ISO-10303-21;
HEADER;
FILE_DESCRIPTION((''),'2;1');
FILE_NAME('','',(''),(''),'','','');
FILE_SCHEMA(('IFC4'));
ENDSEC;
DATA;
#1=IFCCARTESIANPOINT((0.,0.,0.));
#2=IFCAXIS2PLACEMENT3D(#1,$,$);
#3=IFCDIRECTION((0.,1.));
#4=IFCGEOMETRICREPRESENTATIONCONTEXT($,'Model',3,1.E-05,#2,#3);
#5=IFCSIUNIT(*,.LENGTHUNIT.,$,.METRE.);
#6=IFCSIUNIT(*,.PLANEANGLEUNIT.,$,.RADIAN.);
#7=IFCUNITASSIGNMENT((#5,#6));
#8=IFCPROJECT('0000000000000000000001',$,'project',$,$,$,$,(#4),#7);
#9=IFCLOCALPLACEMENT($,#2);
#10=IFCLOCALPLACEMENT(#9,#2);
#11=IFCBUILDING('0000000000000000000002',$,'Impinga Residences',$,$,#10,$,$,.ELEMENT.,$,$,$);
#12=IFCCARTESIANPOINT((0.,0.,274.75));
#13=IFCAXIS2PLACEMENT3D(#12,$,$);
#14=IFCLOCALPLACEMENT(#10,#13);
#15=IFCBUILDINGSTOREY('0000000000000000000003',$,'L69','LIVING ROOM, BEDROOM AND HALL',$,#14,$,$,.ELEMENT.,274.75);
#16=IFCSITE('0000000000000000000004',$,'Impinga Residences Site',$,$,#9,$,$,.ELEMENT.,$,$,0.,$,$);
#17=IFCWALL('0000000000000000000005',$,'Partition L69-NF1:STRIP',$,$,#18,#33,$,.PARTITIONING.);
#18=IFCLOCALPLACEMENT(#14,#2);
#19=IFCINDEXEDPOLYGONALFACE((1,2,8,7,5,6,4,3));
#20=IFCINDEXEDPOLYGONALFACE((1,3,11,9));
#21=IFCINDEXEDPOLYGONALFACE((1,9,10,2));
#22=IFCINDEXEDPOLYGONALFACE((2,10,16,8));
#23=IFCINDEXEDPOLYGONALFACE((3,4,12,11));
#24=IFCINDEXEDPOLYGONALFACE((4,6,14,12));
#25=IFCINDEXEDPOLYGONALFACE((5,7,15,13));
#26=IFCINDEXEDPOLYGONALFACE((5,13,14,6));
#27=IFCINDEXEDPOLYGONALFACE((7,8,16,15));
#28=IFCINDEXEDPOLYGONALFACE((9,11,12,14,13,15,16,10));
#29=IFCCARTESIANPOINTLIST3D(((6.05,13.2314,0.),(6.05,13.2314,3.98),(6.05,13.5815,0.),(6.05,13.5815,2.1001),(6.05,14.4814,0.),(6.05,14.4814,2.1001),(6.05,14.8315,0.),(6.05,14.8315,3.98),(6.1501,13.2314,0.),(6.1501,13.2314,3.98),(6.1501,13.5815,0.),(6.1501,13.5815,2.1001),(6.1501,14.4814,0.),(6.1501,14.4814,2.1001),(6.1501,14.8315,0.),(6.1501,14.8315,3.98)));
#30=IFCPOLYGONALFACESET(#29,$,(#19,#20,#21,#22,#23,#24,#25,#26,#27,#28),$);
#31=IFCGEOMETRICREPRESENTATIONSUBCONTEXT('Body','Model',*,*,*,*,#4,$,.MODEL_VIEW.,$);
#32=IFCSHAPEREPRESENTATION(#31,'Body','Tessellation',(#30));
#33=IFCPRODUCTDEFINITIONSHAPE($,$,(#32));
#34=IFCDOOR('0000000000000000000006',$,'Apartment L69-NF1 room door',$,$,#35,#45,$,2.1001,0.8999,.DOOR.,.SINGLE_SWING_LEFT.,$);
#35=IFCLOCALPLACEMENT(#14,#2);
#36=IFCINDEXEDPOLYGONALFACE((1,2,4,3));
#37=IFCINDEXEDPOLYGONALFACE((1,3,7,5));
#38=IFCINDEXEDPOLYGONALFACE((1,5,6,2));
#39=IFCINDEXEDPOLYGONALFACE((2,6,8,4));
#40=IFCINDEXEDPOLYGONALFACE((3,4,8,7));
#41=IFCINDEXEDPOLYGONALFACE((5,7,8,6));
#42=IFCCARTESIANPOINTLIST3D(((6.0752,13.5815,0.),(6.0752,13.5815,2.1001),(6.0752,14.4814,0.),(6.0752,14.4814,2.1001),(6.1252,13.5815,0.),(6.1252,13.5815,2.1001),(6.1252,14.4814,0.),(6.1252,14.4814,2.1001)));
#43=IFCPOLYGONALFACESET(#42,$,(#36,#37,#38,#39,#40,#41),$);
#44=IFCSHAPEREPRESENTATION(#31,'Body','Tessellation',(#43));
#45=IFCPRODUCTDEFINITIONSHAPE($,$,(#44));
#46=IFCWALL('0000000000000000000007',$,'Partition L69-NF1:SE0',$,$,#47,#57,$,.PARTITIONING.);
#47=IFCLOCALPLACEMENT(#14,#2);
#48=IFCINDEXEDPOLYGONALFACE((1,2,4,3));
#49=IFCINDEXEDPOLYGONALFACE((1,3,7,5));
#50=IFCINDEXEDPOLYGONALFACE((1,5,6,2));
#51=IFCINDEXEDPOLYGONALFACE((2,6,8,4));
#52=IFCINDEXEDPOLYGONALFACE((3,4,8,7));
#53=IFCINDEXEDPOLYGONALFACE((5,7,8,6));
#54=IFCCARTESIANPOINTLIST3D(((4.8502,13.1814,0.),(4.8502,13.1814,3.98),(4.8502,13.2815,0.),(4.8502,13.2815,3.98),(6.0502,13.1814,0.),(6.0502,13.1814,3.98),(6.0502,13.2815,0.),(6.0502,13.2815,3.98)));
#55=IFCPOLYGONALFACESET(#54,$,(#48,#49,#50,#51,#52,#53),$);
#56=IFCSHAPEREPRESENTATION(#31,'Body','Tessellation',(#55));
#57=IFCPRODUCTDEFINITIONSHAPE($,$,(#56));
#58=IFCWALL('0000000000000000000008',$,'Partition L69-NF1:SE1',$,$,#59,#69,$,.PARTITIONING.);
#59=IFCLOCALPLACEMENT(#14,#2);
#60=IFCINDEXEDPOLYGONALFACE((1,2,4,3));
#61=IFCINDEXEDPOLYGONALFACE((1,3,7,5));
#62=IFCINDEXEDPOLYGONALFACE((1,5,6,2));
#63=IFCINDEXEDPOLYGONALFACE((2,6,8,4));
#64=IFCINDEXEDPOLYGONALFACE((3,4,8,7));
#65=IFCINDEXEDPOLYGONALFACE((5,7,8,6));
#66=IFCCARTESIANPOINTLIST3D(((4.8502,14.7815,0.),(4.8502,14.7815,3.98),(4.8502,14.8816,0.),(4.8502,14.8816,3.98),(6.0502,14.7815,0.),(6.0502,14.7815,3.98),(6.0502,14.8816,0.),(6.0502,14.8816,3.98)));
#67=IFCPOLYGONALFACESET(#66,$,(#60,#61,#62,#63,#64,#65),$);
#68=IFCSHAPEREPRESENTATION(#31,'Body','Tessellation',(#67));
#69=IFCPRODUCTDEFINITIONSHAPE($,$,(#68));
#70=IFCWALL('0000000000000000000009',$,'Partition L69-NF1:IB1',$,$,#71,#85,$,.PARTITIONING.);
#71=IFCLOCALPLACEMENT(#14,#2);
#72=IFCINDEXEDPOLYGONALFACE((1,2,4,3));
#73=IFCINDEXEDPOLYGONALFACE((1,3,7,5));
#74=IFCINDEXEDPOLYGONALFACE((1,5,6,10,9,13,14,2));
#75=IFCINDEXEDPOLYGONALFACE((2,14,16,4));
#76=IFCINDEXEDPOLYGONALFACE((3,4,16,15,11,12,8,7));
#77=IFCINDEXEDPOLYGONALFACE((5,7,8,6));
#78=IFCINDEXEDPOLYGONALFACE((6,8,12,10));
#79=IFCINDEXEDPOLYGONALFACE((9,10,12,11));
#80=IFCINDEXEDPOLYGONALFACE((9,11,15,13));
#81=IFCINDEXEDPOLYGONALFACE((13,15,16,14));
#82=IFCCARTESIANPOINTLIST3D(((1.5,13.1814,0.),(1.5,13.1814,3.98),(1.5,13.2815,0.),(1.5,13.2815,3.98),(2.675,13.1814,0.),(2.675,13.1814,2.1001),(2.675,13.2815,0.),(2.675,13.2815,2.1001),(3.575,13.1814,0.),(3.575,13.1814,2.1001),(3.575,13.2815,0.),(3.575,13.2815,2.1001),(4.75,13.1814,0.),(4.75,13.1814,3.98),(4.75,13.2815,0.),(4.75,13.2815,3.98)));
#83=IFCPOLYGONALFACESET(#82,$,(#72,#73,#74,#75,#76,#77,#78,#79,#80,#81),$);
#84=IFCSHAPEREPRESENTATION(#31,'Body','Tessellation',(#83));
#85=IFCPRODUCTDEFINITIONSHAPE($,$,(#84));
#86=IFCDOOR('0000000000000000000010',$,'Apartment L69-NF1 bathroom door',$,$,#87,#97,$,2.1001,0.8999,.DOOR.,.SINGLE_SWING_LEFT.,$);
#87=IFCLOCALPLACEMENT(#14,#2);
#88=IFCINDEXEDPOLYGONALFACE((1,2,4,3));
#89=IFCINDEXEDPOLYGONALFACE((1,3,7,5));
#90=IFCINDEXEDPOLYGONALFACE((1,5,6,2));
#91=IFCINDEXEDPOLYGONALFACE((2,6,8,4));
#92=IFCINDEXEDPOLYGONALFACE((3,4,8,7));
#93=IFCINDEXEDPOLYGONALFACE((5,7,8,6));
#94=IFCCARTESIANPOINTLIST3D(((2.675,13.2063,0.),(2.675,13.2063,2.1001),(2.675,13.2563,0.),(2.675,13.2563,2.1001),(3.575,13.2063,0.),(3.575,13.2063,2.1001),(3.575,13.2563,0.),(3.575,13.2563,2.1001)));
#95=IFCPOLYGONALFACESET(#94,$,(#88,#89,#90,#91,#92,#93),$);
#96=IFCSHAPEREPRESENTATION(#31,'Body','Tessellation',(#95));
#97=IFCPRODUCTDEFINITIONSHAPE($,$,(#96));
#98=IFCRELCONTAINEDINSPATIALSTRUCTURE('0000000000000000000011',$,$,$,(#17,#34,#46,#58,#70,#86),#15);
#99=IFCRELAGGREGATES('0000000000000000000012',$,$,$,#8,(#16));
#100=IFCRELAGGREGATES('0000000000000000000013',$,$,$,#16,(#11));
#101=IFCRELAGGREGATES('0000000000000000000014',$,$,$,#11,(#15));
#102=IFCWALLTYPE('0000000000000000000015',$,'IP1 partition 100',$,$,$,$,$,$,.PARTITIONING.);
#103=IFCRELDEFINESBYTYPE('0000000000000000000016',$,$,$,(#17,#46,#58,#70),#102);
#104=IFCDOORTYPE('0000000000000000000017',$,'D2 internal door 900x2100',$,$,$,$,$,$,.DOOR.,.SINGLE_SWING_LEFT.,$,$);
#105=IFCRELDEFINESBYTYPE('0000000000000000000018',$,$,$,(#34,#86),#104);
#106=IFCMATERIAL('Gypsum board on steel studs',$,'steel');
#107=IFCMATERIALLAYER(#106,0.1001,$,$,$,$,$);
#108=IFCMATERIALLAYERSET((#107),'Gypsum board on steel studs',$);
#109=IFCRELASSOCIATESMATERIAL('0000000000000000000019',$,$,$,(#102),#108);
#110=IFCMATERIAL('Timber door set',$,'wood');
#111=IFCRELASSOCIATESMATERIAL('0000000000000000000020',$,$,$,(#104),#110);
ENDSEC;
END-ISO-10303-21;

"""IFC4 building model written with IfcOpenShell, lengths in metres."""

from ifc_helpers import new_model, si_unit, direction, frame, frame_2d, origin, place, context, subcontext, project, spatial, rectangle, extrude, material, layer, layer_set, type_object, element, fill, save


model = new_model("IFC4")

# Units and contexts
model_context = context("Model", 3, precision=1e-05, world=origin(), true_north=direction((0.0, 1.0)))
body_context = subcontext(model_context, "Body", "Model", "MODEL_VIEW")
ifc_project = project(units=[si_unit("LENGTHUNIT", "METRE"), si_unit("PLANEANGLEUNIT", "RADIAN")], contexts=[model_context])

# Site, building, storey
site_placement = place(None, origin())
site = spatial("IfcSite", under=ifc_project, at=site_placement, Name="Impinga Residences Site", CompositionType="ELEMENT", RefElevation=0.0)
building_placement = place(site_placement, origin())
building = spatial("IfcBuilding", under=site, at=building_placement, Name="Impinga Residences", CompositionType="ELEMENT")
storey_placement = place(building_placement, frame((0.0, 0.0, 274.75)))
storey = spatial("IfcBuildingStorey", under=building, at=storey_placement, Name="L69", Description="LIVING ROOM, BEDROOM AND HALL", CompositionType="ELEMENT", Elevation=274.75)

# Shared definitions
ifc_material_1 = material(Name="Gypsum board on steel studs", Category="steel")
ifc_layer_1 = layer(ifc_material_1, 0.1001)
ifc_layer_set_1 = layer_set([ifc_layer_1], Name="Gypsum board on steel studs")
wall_type_1 = type_object("IfcWallType", Name="IP1 partition 100", PredefinedType="PARTITIONING", material=ifc_layer_set_1)

# Wall, opening, door
wall_1_placement = place(storey_placement, frame((6.1001, 13.2314, 0.0), z_axis=(0.0, 0.0, 1.0), x_axis=(0.0, 1.0, 0.0)))
wall_1 = element("IfcWall", 1, at=wall_1_placement, inside=storey, type_object=wall_type_1, Name="Partition L69-NF1:STRIP", PredefinedType="PARTITIONING", context=body_context, shape_type="SweptSolid", body=[
    extrude(rectangle(XDim=1.6001, YDim=0.1001, at=frame_2d((0.8, 0.0))), origin(), (0.0, 0.0, 1.0), 3.98),
])
opening_1_placement = place(wall_1_placement, frame((0.3501, 0.0, 0.0)))
opening_1 = element("IfcOpeningElement", 2, at=opening_1_placement, cuts=wall_1, PredefinedType="OPENING", context=body_context, shape_type="SweptSolid", body=[
    extrude(rectangle(XDim=0.8999, YDim=2.1001, at=frame_2d((0.45, 1.05))), frame((0.0, 0.0601, 0.0), z_axis=(0.0, -1.0, 0.0), x_axis=(1.0, 0.0, 0.0)), (0.0, 0.0, 1.0), 0.1201),
])
ifc_material_2 = material(Name="Timber door set", Category="wood")
door_type = type_object("IfcDoorType", Name="D2 internal door 900x2100", OperationType="SINGLE_SWING_LEFT", PredefinedType="DOOR", material=ifc_material_2)
door_1_placement = place(opening_1_placement, origin())
door_1 = element("IfcDoor", 3, at=door_1_placement, inside=storey, type_object=door_type, Name="Apartment L69-NF1 room door", OperationType="SINGLE_SWING_LEFT", OverallHeight=2.1001, OverallWidth=0.8999, PredefinedType="DOOR", context=body_context, shape_type="SweptSolid", body=[
    extrude(rectangle(XDim=0.8999, YDim=2.1001, at=frame_2d((0.45, 1.05))), frame((0.0, 0.0249, 0.0), z_axis=(0.0, -1.0, 0.0), x_axis=(1.0, 0.0, 0.0)), (0.0, 0.0, 1.0), 0.05),
])
fill(opening_1, door_1)

# Walls
for number, where, z_axis, x_axis, name in (
    (4, (4.8501, 13.2314, 0.0), (0.0, 0.0, 1.0), (1.0, 0.0, 0.0), "Partition L69-NF1:SE0"),
    (5, (4.8501, 14.8315, 0.0), (0.0, 0.0, 1.0), (1.0, 0.0, 0.0), "Partition L69-NF1:SE1"),
):
    element("IfcWall", number, at=place(storey_placement, frame(where, z_axis=z_axis, x_axis=x_axis)), inside=storey, type_object=wall_type_1, Name=name, PredefinedType="PARTITIONING", context=body_context, shape_type="SweptSolid", body=[
        extrude(rectangle(XDim=1.2, YDim=0.1001, at=frame_2d((0.6001, 0.0))), origin(), (0.0, 0.0, 1.0), 3.98),
    ])

# Wall, opening, door
wall_2_placement = place(storey_placement, frame((1.5, 13.2314, 0.0), z_axis=(0.0, 0.0, 1.0), x_axis=(1.0, 0.0, 0.0)))
wall_2 = element("IfcWall", 6, at=wall_2_placement, inside=storey, type_object=wall_type_1, Name="Partition L69-NF1:IB1", PredefinedType="PARTITIONING", context=body_context, shape_type="SweptSolid", body=[
    extrude(rectangle(XDim=3.25, YDim=0.1001, at=frame_2d((1.625, 0.0))), origin(), (0.0, 0.0, 1.0), 3.98),
])
opening_2_placement = place(wall_2_placement, frame((1.175, 0.0, 0.0)))
opening_2 = element("IfcOpeningElement", 7, at=opening_2_placement, cuts=wall_2, PredefinedType="OPENING", context=body_context, shape_type="SweptSolid", body=[
    extrude(rectangle(XDim=0.8999, YDim=2.1001, at=frame_2d((0.45, 1.05))), frame((0.0, 0.0601, 0.0), z_axis=(0.0, -1.0, 0.0), x_axis=(1.0, 0.0, 0.0)), (0.0, 0.0, 1.0), 0.1201),
])
door_2_placement = place(opening_2_placement, origin())
door_2 = element("IfcDoor", 8, at=door_2_placement, inside=storey, type_object=door_type, Name="Apartment L69-NF1 bathroom door", OperationType="SINGLE_SWING_LEFT", OverallHeight=2.1001, OverallWidth=0.8999, PredefinedType="DOOR", context=body_context, shape_type="SweptSolid", body=[
    extrude(rectangle(XDim=0.8999, YDim=2.1001, at=frame_2d((0.45, 1.05))), frame((0.0, 0.0249, 0.0), z_axis=(0.0, -1.0, 0.0), x_axis=(1.0, 0.0, 0.0)), (0.0, 0.0, 1.0), 0.05),
])
fill(opening_2, door_2)

save(model, "model.ifc")
